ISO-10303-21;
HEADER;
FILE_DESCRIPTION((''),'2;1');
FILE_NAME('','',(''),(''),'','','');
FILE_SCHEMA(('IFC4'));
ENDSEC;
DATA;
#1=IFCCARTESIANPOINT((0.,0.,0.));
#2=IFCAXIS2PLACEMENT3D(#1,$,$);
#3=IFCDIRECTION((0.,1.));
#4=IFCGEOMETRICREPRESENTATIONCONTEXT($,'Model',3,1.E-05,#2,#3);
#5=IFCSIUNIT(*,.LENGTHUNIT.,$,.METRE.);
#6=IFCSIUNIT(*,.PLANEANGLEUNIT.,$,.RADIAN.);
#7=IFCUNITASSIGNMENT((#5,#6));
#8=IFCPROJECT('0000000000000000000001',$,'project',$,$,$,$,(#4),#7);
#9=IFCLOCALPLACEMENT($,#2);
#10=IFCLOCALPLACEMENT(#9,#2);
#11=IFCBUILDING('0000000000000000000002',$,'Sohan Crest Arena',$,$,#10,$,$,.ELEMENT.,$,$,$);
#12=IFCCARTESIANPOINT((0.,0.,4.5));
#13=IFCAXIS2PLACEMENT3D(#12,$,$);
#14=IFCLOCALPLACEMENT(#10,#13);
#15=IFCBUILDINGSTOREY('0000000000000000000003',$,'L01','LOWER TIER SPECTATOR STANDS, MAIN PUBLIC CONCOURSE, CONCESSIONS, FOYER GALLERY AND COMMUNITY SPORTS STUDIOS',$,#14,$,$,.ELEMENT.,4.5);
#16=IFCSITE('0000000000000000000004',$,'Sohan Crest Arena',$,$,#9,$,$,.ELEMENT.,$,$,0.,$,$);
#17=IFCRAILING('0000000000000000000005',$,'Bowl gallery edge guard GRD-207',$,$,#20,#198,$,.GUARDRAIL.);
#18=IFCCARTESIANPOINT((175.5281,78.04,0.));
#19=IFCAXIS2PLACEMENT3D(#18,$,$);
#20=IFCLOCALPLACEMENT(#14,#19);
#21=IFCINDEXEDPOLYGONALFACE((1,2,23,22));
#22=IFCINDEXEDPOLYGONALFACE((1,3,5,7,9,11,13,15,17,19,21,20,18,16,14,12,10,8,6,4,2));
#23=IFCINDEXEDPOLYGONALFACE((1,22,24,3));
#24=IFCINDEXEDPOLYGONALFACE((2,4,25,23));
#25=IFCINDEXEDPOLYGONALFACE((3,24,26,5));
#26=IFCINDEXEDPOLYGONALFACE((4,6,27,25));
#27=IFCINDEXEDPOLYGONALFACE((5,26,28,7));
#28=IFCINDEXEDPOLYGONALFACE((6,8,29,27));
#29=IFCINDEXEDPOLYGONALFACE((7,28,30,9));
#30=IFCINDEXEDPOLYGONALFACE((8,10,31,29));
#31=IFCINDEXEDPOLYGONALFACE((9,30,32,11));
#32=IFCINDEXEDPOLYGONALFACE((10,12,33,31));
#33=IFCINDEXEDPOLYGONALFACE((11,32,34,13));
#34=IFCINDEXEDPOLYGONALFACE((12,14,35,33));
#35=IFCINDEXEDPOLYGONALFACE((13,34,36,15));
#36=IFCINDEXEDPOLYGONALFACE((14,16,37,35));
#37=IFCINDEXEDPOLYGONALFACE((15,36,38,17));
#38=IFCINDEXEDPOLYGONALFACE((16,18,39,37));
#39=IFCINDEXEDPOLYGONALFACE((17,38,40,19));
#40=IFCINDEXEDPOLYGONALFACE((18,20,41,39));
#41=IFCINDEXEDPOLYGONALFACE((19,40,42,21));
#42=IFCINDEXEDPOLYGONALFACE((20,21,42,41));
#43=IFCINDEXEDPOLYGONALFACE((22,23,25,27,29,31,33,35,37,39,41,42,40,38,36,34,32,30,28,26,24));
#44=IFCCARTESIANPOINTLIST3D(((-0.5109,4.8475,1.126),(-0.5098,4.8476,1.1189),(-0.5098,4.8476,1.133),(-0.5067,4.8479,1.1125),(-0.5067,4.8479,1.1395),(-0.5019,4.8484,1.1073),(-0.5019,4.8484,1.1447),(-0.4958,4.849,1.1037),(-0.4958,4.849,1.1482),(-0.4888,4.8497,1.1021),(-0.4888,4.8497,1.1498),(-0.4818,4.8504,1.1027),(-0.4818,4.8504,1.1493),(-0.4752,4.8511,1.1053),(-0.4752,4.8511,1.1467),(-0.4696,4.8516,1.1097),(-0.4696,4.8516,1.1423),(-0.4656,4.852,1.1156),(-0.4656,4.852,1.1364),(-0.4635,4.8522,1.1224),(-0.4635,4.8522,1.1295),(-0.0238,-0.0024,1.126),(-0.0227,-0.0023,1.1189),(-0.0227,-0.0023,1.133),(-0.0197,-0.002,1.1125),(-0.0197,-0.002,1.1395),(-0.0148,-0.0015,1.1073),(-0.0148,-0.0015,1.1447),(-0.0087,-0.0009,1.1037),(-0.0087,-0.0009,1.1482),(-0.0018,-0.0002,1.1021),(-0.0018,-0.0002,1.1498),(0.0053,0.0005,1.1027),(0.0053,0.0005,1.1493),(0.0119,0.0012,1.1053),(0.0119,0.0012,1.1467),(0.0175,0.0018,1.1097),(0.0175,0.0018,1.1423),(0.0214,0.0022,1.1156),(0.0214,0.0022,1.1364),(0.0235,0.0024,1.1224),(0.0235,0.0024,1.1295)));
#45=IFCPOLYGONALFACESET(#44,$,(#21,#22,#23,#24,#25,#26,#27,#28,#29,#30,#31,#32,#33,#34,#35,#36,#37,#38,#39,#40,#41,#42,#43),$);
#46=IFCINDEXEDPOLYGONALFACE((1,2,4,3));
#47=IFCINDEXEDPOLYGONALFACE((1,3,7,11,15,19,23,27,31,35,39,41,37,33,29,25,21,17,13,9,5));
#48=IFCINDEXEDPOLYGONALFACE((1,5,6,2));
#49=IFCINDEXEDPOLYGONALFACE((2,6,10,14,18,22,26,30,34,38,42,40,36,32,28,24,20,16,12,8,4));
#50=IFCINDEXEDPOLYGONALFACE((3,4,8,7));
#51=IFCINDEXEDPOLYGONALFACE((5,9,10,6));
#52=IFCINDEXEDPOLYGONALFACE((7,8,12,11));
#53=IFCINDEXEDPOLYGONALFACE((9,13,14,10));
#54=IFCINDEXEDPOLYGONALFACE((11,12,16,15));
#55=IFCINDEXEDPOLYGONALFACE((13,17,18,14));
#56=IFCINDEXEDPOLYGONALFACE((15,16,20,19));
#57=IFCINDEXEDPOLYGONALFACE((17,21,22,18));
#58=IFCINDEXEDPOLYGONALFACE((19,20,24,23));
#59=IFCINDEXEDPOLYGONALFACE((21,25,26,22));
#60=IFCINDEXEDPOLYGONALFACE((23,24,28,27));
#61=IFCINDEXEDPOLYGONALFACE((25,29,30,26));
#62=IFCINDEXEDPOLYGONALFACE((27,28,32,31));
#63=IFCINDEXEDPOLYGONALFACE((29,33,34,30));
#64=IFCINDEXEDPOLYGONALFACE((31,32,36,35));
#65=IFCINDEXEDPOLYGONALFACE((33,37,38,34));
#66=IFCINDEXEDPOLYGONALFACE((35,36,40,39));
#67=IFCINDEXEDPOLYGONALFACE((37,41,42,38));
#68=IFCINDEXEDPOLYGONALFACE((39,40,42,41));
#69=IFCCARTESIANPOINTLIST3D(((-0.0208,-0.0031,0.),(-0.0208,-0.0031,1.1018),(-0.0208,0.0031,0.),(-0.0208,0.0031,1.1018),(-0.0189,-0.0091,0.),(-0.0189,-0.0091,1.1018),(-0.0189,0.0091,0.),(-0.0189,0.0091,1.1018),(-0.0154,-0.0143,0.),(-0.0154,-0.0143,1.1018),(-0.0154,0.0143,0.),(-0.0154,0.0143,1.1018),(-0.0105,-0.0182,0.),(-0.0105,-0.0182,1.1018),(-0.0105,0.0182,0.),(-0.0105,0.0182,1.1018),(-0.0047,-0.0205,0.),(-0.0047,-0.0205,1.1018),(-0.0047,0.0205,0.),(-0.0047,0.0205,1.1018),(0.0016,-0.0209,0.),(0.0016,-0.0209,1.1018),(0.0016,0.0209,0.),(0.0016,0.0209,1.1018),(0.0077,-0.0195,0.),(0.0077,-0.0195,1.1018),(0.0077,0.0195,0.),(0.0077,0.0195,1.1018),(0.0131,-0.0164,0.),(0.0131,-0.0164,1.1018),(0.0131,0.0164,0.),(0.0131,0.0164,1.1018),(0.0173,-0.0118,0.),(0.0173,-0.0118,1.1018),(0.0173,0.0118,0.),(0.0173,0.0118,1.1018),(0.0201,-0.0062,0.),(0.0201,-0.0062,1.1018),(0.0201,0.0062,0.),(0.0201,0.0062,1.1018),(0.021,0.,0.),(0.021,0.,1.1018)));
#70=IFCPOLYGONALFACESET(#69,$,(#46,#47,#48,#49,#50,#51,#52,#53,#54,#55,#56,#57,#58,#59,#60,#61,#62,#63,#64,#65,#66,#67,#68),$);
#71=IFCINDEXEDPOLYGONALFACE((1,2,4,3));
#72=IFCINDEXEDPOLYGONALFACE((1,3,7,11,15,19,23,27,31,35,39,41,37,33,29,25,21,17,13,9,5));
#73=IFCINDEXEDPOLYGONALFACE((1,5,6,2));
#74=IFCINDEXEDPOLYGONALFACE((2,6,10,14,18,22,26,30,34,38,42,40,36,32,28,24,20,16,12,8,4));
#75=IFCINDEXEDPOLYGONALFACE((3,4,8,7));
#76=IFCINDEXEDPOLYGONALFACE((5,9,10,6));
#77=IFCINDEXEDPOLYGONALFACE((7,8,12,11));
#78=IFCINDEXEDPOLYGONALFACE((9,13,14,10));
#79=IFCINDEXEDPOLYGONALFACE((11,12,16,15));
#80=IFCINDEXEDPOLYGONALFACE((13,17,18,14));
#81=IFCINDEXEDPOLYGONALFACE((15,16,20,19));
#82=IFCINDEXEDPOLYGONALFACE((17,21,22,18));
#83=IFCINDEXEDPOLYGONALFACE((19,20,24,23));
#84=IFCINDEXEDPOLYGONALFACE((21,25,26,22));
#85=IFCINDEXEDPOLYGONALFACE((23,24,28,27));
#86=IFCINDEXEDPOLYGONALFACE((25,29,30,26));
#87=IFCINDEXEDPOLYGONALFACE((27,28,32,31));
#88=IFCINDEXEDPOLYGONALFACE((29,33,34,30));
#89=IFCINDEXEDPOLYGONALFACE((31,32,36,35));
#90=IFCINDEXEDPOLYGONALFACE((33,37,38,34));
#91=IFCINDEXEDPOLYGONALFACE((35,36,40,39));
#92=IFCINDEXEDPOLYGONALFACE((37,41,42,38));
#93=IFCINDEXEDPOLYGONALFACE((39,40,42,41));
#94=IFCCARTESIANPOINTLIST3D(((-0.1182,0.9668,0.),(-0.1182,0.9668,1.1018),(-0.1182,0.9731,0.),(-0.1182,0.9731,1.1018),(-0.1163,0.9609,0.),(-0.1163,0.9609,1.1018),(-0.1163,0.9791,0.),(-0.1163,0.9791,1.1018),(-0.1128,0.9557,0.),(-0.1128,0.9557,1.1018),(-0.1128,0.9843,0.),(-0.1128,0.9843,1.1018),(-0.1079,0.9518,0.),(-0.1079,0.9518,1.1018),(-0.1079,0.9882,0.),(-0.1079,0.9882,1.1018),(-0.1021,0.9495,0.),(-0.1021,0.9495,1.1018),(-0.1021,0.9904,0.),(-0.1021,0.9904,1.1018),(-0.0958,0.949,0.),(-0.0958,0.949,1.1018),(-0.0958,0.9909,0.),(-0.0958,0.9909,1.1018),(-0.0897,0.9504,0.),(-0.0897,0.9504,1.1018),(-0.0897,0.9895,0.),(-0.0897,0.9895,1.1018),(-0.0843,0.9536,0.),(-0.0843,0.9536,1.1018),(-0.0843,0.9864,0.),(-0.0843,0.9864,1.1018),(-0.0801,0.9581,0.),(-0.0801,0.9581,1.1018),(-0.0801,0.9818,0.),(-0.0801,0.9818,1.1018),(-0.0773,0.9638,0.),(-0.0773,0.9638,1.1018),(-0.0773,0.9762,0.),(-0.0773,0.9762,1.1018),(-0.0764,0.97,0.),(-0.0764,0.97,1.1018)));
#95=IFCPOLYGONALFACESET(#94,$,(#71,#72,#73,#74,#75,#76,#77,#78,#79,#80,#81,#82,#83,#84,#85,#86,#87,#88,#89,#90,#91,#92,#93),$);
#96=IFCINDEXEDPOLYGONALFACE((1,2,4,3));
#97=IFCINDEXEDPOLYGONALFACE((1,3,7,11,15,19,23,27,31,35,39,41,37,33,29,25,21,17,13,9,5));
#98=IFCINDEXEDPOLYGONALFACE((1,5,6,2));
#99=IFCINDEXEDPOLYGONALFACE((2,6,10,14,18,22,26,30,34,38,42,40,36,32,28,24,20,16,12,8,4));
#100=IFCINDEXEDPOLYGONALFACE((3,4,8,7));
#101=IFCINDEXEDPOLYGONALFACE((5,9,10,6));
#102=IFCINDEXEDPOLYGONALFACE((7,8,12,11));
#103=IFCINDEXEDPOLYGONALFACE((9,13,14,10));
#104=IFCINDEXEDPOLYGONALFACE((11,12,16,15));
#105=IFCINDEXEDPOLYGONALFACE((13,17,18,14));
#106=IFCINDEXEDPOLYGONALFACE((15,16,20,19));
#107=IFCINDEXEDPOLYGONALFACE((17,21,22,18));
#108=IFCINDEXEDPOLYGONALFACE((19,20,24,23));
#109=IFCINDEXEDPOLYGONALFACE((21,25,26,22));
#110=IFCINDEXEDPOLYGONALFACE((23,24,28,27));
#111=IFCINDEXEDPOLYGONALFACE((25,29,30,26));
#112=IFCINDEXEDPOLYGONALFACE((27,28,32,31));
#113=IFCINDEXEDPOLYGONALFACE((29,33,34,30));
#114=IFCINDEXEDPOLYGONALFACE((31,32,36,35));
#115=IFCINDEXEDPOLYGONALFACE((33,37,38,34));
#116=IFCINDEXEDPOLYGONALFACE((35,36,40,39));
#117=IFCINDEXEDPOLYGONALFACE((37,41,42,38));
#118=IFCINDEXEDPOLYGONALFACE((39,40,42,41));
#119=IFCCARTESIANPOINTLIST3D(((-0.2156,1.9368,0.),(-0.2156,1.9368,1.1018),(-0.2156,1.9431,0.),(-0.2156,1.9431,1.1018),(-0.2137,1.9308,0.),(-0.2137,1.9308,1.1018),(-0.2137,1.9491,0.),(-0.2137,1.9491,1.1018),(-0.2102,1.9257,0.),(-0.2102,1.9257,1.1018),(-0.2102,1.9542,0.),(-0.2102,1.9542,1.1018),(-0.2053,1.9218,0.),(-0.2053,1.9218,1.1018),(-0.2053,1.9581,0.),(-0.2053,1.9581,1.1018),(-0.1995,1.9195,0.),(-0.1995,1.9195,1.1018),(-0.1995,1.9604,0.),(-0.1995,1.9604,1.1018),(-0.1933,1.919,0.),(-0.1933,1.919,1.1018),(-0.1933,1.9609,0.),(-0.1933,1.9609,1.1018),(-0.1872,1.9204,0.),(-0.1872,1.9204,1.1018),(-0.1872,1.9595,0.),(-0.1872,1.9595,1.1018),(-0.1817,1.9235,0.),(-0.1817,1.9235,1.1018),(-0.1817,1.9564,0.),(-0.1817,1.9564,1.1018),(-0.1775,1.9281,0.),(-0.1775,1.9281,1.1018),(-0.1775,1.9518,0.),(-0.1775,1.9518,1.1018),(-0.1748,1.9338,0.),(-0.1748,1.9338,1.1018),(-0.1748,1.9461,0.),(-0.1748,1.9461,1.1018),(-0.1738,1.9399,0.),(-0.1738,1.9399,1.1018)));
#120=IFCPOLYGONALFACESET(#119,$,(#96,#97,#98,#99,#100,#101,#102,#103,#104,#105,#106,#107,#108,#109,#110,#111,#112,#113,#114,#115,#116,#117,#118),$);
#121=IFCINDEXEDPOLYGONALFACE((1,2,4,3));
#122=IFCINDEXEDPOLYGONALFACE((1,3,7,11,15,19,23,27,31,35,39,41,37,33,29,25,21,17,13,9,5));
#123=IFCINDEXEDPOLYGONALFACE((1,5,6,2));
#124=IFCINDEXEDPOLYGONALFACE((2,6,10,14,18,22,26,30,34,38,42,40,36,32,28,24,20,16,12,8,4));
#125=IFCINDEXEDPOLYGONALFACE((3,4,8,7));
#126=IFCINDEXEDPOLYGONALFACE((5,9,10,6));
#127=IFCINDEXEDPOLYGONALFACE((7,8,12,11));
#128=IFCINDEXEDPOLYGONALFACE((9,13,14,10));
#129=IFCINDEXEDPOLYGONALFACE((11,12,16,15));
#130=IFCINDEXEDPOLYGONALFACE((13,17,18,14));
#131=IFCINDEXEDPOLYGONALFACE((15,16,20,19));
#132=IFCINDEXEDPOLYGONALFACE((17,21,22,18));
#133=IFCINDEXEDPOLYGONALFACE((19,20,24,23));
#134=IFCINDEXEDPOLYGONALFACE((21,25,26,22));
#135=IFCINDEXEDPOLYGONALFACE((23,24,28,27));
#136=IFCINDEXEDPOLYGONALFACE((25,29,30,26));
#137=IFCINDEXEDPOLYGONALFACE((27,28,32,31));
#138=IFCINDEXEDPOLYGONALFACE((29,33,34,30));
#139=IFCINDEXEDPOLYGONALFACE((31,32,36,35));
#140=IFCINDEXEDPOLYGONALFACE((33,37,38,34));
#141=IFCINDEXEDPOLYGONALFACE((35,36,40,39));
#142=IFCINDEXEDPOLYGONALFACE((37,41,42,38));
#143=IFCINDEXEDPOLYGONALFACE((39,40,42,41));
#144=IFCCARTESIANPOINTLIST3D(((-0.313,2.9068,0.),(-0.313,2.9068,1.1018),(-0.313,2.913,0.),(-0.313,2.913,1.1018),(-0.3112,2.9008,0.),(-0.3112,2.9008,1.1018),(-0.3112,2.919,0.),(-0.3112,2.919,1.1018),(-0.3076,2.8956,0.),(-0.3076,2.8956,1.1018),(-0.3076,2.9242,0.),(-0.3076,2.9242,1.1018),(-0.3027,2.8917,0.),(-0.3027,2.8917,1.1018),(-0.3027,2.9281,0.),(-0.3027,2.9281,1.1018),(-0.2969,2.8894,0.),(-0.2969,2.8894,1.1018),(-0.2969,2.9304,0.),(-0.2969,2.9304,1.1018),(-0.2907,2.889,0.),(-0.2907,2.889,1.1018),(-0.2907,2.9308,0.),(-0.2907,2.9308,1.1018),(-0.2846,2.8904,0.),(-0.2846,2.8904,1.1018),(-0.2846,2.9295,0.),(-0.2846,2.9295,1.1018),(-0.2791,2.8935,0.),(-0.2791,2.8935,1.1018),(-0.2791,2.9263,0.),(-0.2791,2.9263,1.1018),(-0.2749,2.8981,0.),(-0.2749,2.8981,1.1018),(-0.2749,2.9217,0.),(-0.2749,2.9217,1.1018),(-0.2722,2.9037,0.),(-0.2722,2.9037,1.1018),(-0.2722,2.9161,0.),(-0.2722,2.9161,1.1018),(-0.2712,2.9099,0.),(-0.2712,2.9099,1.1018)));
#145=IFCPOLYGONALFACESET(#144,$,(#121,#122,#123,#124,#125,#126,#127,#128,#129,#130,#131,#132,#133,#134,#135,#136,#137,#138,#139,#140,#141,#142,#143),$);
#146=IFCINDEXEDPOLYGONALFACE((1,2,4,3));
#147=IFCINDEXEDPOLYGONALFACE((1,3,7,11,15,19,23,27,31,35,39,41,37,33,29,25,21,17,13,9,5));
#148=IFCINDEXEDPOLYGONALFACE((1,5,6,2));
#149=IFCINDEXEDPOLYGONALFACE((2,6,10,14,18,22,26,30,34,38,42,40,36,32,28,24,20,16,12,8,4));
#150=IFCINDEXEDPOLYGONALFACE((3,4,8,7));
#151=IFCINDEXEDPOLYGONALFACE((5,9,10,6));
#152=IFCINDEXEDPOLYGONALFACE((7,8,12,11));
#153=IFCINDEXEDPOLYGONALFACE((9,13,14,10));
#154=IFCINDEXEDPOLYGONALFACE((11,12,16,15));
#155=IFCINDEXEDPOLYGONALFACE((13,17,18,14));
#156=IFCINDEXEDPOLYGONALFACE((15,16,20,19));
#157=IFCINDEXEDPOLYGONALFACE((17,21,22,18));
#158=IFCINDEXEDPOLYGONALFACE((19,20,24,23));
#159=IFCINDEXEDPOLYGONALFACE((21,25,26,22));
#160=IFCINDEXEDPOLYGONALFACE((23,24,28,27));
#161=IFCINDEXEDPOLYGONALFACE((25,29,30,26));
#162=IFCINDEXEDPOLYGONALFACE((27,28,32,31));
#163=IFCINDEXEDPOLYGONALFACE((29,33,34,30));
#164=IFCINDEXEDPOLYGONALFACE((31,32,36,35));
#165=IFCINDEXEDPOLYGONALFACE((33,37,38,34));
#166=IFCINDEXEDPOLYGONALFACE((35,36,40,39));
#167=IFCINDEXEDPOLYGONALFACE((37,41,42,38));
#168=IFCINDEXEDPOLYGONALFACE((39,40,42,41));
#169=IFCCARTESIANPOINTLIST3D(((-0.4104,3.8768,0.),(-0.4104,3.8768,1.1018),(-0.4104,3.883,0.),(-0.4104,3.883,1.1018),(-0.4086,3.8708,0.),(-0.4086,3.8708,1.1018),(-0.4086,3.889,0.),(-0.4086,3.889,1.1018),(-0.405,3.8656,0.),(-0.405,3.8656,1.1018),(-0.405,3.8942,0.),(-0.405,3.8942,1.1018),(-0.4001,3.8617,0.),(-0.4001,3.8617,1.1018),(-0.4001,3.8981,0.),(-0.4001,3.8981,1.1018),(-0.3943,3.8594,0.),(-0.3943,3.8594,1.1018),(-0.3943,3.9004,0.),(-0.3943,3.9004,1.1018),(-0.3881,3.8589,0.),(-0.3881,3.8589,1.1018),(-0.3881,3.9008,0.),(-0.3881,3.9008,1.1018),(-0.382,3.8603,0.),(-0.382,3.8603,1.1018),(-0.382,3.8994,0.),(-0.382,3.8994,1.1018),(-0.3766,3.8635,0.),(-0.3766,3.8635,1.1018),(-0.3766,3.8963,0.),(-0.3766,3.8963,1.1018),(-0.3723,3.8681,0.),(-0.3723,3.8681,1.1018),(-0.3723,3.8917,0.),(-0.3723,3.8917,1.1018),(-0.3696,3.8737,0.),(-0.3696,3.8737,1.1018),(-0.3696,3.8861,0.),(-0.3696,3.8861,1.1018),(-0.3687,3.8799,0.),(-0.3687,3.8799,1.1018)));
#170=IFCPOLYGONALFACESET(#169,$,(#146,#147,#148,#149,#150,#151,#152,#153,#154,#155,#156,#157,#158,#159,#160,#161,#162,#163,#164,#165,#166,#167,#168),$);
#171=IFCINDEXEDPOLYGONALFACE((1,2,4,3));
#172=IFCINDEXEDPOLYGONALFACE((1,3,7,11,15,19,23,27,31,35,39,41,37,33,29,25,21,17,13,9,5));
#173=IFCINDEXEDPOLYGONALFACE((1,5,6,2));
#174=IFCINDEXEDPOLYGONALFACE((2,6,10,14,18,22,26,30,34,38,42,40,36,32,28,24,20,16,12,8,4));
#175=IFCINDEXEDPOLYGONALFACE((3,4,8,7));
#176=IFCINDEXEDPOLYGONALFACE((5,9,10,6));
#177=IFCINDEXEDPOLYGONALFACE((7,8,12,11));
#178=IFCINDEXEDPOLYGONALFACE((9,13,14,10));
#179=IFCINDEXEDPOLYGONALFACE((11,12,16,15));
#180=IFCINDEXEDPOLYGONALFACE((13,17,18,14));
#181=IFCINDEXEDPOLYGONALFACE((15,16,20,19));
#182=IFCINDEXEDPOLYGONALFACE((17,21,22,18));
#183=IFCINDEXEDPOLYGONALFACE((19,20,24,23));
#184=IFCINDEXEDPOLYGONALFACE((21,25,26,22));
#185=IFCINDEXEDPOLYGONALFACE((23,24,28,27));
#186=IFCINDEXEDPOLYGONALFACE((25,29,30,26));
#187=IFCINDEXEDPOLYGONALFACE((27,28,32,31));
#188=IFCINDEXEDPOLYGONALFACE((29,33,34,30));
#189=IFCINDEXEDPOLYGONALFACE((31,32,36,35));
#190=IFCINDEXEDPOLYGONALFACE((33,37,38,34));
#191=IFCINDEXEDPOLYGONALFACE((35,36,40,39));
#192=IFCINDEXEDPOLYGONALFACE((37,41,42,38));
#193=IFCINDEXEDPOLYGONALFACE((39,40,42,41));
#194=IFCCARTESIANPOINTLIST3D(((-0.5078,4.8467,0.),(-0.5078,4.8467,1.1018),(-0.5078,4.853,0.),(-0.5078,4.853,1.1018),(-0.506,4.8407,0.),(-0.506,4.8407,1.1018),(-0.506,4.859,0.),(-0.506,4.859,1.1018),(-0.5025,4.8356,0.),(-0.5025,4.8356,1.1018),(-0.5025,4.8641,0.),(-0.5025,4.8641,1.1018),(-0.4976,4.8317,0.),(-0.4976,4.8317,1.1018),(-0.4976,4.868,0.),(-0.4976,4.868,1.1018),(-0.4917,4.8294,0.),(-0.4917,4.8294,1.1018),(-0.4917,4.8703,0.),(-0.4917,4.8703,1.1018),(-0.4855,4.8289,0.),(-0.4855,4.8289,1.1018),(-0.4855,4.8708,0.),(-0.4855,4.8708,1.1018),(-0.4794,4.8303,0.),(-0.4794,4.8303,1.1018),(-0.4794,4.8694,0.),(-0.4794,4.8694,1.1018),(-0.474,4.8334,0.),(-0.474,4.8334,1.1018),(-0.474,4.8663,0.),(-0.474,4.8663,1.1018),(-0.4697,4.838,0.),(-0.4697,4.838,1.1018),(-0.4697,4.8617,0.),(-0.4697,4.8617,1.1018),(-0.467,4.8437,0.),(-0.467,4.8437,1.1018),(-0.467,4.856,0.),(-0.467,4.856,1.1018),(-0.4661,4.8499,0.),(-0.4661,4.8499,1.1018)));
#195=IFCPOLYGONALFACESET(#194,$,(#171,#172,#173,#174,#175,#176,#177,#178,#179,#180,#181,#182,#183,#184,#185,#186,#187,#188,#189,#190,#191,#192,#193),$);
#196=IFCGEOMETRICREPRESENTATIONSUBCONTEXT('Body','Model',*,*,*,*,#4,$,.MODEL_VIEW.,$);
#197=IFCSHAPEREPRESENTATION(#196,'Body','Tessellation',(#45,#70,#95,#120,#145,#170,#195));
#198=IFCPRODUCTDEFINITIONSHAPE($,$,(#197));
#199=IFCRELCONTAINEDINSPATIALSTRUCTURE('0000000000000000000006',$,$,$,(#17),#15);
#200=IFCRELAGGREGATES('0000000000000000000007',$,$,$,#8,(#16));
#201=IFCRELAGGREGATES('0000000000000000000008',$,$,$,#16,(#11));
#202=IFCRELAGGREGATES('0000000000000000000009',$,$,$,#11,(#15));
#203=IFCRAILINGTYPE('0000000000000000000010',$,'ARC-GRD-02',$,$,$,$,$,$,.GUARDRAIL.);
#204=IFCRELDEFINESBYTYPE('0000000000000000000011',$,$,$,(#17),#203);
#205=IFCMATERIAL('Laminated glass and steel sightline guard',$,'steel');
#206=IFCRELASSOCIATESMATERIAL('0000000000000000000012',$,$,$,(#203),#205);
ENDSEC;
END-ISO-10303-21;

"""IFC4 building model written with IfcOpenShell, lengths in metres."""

from ifc_helpers import new_model, si_unit, direction, frame, origin, origin_2d, place, context, subcontext, project, spatial, circle, extrude, material, type_object, element, save


model = new_model("IFC4")

# Units and contexts
model_context = context("Model", 3, precision=1e-05, world=origin(), true_north=direction((0.0, 1.0)))
body_context = subcontext(model_context, "Body", "Model", "MODEL_VIEW")
ifc_project = project(units=[si_unit("LENGTHUNIT", "METRE"), si_unit("PLANEANGLEUNIT", "RADIAN")], contexts=[model_context])

# Site, building, storey
site_placement = place(None, origin())
site = spatial("IfcSite", under=ifc_project, at=site_placement, Name="Sohan Crest Arena", CompositionType="ELEMENT", RefElevation=0.0)
building_placement = place(site_placement, origin())
building = spatial("IfcBuilding", under=site, at=building_placement, Name="Sohan Crest Arena", CompositionType="ELEMENT")
storey_placement = place(building_placement, frame((0.0, 0.0, 4.5)))
storey = spatial("IfcBuildingStorey", under=building, at=storey_placement, Name="L01", Description="LOWER TIER SPECTATOR STANDS, MAIN PUBLIC CONCOURSE, CONCESSIONS, FOYER GALLERY AND COMMUNITY SPORTS STUDIOS", CompositionType="ELEMENT", Elevation=4.5)

# Railing
ifc_material_1 = material(Name="Laminated glass and steel sightline guard", Category="steel")
railing_type = type_object("IfcRailingType", Name="ARC-GRD-02", PredefinedType="GUARDRAIL", material=ifc_material_1)
railing_placement = place(storey_placement, frame((175.5281, 78.04, 0.0)))
element("IfcRailing", 1, at=railing_placement, inside=storey, type_object=railing_type, Name="Bowl gallery edge guard GRD-207", PredefinedType="GUARDRAIL", context=body_context, shape_type="SweptSolid", body=[
    extrude(circle(Radius=0.0239, at=origin_2d()), frame((0.0, 0.0, 1.126), z_axis=(-0.099925, 0.994995, 0.0), x_axis=(-0.994995, -0.099925, 0.0)), (0.0, 0.0, 1.0), 4.8743),
    extrude(circle(Radius=0.021, at=origin_2d()), origin(), (0.0, 0.0, 1.0), 1.1018),
    extrude(circle(Radius=0.021, at=origin_2d()), frame((-0.0974, 0.97, 0.0)), (0.0, 0.0, 1.0), 1.1018),
    extrude(circle(Radius=0.021, at=origin_2d()), frame((-0.1948, 1.9399, 0.0)), (0.0, 0.0, 1.0), 1.1018),
    extrude(circle(Radius=0.021, at=origin_2d()), frame((-0.2922, 2.9099, 0.0)), (0.0, 0.0, 1.0), 1.1018),
    extrude(circle(Radius=0.021, at=origin_2d()), frame((-0.3896, 3.8799, 0.0)), (0.0, 0.0, 1.0), 1.1018),
    extrude(circle(Radius=0.021, at=origin_2d()), frame((-0.4871, 4.8499, 0.0)), (0.0, 0.0, 1.0), 1.1018),
])

save(model, "model.ifc")
